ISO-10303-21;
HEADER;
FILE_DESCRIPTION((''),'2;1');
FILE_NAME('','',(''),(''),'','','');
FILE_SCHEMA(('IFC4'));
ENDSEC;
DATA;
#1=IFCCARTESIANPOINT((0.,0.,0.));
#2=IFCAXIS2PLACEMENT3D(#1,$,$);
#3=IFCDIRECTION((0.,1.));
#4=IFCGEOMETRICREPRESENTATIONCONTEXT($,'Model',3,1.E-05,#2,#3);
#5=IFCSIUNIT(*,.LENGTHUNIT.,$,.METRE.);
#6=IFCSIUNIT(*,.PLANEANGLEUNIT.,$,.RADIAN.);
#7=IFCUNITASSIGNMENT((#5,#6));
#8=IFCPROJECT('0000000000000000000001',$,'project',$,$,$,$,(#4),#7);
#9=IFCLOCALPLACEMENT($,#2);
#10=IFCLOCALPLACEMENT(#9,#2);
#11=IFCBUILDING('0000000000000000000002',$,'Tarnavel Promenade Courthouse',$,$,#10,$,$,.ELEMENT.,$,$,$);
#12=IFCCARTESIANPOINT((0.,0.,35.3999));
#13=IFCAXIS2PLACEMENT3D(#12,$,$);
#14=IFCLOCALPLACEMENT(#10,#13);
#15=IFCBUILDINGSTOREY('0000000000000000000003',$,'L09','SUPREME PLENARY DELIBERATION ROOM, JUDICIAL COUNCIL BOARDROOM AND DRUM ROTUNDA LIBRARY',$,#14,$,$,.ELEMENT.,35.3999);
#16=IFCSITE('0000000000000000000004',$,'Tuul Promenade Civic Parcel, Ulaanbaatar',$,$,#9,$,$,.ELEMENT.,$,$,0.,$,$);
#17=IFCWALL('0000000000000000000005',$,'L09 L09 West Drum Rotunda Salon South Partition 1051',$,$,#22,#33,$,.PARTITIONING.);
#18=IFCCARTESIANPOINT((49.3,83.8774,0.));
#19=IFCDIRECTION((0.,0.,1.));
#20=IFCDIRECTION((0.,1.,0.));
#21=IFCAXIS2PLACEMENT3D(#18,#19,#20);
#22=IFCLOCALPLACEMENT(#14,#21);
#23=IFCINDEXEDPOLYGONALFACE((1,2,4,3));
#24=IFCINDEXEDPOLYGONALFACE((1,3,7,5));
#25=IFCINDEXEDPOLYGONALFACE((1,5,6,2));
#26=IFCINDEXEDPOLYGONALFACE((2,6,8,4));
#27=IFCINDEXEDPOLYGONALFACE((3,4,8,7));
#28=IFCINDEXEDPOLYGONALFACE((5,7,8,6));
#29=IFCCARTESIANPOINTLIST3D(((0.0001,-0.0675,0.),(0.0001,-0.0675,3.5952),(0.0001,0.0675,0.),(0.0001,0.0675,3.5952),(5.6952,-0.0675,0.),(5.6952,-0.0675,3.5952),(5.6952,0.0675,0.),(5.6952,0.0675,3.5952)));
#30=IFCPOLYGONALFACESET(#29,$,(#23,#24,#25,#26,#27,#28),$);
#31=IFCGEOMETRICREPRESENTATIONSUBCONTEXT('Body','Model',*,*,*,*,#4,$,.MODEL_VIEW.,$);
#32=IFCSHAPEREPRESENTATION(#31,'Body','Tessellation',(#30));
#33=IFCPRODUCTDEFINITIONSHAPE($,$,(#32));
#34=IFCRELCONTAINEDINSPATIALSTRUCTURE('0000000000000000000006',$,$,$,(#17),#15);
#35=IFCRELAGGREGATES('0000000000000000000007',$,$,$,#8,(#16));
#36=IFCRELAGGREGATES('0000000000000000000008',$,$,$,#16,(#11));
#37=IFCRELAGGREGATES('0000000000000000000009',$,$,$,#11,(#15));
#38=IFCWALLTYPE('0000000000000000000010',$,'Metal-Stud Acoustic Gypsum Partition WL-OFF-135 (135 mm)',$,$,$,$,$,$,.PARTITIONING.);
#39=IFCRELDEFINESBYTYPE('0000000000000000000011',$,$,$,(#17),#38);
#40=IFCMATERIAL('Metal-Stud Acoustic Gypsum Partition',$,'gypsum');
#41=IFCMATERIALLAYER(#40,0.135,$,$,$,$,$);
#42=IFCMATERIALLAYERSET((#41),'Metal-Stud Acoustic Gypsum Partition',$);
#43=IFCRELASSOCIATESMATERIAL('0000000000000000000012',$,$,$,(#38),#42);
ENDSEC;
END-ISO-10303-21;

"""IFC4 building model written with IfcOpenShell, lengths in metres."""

from ifc_helpers import new_model, si_unit, direction, frame, frame_2d, origin, place, context, subcontext, project, spatial, rectangle, extrude, material, layer, layer_set, type_object, element, save


model = new_model("IFC4")

# Units and contexts
model_context = context("Model", 3, precision=1e-05, world=origin(), true_north=direction((0.0, 1.0)))
body_context = subcontext(model_context, "Body", "Model", "MODEL_VIEW")
ifc_project = project(units=[si_unit("LENGTHUNIT", "METRE"), si_unit("PLANEANGLEUNIT", "RADIAN")], contexts=[model_context])

# Site, building, storey
site_placement = place(None, origin())
site = spatial("IfcSite", under=ifc_project, at=site_placement, Name="Tuul Promenade Civic Parcel, Ulaanbaatar", CompositionType="ELEMENT", RefElevation=0.0)
building_placement = place(site_placement, origin())
building = spatial("IfcBuilding", under=site, at=building_placement, Name="Tarnavel Promenade Courthouse", CompositionType="ELEMENT")
storey_placement = place(building_placement, frame((0.0, 0.0, 35.3999)))
storey = spatial("IfcBuildingStorey", under=building, at=storey_placement, Name="L09", Description="SUPREME PLENARY DELIBERATION ROOM, JUDICIAL COUNCIL BOARDROOM AND DRUM ROTUNDA LIBRARY", CompositionType="ELEMENT", Elevation=35.3999)

# Shared definitions
ifc_material_1 = material(Name="Metal-Stud Acoustic Gypsum Partition", Category="gypsum")
ifc_layer_1 = layer(ifc_material_1, 0.135)
ifc_layer_set_1 = layer_set([ifc_layer_1], Name="Metal-Stud Acoustic Gypsum Partition")
wall_type_1 = type_object("IfcWallType", Name="Metal-Stud Acoustic Gypsum Partition WL-OFF-135 (135 mm)", PredefinedType="PARTITIONING", material=ifc_layer_set_1)

# Wall
wall_1_placement = place(storey_placement, frame((49.3, 83.8774, 0.0), z_axis=(0.0, 0.0, 1.0), x_axis=(0.0, 1.0, 0.0)))
element("IfcWall", 1, at=wall_1_placement, inside=storey, type_object=wall_type_1, Name="L09 L09 West Drum Rotunda Salon South Partition 1051", PredefinedType="PARTITIONING", context=body_context, shape_type="SweptSolid", body=[
    extrude(rectangle(XDim=5.6951, YDim=0.135, at=frame_2d((2.8477, 0.0))), origin(), (0.0, 0.0, 1.0), 3.5952),
])

save(model, "model.ifc")
